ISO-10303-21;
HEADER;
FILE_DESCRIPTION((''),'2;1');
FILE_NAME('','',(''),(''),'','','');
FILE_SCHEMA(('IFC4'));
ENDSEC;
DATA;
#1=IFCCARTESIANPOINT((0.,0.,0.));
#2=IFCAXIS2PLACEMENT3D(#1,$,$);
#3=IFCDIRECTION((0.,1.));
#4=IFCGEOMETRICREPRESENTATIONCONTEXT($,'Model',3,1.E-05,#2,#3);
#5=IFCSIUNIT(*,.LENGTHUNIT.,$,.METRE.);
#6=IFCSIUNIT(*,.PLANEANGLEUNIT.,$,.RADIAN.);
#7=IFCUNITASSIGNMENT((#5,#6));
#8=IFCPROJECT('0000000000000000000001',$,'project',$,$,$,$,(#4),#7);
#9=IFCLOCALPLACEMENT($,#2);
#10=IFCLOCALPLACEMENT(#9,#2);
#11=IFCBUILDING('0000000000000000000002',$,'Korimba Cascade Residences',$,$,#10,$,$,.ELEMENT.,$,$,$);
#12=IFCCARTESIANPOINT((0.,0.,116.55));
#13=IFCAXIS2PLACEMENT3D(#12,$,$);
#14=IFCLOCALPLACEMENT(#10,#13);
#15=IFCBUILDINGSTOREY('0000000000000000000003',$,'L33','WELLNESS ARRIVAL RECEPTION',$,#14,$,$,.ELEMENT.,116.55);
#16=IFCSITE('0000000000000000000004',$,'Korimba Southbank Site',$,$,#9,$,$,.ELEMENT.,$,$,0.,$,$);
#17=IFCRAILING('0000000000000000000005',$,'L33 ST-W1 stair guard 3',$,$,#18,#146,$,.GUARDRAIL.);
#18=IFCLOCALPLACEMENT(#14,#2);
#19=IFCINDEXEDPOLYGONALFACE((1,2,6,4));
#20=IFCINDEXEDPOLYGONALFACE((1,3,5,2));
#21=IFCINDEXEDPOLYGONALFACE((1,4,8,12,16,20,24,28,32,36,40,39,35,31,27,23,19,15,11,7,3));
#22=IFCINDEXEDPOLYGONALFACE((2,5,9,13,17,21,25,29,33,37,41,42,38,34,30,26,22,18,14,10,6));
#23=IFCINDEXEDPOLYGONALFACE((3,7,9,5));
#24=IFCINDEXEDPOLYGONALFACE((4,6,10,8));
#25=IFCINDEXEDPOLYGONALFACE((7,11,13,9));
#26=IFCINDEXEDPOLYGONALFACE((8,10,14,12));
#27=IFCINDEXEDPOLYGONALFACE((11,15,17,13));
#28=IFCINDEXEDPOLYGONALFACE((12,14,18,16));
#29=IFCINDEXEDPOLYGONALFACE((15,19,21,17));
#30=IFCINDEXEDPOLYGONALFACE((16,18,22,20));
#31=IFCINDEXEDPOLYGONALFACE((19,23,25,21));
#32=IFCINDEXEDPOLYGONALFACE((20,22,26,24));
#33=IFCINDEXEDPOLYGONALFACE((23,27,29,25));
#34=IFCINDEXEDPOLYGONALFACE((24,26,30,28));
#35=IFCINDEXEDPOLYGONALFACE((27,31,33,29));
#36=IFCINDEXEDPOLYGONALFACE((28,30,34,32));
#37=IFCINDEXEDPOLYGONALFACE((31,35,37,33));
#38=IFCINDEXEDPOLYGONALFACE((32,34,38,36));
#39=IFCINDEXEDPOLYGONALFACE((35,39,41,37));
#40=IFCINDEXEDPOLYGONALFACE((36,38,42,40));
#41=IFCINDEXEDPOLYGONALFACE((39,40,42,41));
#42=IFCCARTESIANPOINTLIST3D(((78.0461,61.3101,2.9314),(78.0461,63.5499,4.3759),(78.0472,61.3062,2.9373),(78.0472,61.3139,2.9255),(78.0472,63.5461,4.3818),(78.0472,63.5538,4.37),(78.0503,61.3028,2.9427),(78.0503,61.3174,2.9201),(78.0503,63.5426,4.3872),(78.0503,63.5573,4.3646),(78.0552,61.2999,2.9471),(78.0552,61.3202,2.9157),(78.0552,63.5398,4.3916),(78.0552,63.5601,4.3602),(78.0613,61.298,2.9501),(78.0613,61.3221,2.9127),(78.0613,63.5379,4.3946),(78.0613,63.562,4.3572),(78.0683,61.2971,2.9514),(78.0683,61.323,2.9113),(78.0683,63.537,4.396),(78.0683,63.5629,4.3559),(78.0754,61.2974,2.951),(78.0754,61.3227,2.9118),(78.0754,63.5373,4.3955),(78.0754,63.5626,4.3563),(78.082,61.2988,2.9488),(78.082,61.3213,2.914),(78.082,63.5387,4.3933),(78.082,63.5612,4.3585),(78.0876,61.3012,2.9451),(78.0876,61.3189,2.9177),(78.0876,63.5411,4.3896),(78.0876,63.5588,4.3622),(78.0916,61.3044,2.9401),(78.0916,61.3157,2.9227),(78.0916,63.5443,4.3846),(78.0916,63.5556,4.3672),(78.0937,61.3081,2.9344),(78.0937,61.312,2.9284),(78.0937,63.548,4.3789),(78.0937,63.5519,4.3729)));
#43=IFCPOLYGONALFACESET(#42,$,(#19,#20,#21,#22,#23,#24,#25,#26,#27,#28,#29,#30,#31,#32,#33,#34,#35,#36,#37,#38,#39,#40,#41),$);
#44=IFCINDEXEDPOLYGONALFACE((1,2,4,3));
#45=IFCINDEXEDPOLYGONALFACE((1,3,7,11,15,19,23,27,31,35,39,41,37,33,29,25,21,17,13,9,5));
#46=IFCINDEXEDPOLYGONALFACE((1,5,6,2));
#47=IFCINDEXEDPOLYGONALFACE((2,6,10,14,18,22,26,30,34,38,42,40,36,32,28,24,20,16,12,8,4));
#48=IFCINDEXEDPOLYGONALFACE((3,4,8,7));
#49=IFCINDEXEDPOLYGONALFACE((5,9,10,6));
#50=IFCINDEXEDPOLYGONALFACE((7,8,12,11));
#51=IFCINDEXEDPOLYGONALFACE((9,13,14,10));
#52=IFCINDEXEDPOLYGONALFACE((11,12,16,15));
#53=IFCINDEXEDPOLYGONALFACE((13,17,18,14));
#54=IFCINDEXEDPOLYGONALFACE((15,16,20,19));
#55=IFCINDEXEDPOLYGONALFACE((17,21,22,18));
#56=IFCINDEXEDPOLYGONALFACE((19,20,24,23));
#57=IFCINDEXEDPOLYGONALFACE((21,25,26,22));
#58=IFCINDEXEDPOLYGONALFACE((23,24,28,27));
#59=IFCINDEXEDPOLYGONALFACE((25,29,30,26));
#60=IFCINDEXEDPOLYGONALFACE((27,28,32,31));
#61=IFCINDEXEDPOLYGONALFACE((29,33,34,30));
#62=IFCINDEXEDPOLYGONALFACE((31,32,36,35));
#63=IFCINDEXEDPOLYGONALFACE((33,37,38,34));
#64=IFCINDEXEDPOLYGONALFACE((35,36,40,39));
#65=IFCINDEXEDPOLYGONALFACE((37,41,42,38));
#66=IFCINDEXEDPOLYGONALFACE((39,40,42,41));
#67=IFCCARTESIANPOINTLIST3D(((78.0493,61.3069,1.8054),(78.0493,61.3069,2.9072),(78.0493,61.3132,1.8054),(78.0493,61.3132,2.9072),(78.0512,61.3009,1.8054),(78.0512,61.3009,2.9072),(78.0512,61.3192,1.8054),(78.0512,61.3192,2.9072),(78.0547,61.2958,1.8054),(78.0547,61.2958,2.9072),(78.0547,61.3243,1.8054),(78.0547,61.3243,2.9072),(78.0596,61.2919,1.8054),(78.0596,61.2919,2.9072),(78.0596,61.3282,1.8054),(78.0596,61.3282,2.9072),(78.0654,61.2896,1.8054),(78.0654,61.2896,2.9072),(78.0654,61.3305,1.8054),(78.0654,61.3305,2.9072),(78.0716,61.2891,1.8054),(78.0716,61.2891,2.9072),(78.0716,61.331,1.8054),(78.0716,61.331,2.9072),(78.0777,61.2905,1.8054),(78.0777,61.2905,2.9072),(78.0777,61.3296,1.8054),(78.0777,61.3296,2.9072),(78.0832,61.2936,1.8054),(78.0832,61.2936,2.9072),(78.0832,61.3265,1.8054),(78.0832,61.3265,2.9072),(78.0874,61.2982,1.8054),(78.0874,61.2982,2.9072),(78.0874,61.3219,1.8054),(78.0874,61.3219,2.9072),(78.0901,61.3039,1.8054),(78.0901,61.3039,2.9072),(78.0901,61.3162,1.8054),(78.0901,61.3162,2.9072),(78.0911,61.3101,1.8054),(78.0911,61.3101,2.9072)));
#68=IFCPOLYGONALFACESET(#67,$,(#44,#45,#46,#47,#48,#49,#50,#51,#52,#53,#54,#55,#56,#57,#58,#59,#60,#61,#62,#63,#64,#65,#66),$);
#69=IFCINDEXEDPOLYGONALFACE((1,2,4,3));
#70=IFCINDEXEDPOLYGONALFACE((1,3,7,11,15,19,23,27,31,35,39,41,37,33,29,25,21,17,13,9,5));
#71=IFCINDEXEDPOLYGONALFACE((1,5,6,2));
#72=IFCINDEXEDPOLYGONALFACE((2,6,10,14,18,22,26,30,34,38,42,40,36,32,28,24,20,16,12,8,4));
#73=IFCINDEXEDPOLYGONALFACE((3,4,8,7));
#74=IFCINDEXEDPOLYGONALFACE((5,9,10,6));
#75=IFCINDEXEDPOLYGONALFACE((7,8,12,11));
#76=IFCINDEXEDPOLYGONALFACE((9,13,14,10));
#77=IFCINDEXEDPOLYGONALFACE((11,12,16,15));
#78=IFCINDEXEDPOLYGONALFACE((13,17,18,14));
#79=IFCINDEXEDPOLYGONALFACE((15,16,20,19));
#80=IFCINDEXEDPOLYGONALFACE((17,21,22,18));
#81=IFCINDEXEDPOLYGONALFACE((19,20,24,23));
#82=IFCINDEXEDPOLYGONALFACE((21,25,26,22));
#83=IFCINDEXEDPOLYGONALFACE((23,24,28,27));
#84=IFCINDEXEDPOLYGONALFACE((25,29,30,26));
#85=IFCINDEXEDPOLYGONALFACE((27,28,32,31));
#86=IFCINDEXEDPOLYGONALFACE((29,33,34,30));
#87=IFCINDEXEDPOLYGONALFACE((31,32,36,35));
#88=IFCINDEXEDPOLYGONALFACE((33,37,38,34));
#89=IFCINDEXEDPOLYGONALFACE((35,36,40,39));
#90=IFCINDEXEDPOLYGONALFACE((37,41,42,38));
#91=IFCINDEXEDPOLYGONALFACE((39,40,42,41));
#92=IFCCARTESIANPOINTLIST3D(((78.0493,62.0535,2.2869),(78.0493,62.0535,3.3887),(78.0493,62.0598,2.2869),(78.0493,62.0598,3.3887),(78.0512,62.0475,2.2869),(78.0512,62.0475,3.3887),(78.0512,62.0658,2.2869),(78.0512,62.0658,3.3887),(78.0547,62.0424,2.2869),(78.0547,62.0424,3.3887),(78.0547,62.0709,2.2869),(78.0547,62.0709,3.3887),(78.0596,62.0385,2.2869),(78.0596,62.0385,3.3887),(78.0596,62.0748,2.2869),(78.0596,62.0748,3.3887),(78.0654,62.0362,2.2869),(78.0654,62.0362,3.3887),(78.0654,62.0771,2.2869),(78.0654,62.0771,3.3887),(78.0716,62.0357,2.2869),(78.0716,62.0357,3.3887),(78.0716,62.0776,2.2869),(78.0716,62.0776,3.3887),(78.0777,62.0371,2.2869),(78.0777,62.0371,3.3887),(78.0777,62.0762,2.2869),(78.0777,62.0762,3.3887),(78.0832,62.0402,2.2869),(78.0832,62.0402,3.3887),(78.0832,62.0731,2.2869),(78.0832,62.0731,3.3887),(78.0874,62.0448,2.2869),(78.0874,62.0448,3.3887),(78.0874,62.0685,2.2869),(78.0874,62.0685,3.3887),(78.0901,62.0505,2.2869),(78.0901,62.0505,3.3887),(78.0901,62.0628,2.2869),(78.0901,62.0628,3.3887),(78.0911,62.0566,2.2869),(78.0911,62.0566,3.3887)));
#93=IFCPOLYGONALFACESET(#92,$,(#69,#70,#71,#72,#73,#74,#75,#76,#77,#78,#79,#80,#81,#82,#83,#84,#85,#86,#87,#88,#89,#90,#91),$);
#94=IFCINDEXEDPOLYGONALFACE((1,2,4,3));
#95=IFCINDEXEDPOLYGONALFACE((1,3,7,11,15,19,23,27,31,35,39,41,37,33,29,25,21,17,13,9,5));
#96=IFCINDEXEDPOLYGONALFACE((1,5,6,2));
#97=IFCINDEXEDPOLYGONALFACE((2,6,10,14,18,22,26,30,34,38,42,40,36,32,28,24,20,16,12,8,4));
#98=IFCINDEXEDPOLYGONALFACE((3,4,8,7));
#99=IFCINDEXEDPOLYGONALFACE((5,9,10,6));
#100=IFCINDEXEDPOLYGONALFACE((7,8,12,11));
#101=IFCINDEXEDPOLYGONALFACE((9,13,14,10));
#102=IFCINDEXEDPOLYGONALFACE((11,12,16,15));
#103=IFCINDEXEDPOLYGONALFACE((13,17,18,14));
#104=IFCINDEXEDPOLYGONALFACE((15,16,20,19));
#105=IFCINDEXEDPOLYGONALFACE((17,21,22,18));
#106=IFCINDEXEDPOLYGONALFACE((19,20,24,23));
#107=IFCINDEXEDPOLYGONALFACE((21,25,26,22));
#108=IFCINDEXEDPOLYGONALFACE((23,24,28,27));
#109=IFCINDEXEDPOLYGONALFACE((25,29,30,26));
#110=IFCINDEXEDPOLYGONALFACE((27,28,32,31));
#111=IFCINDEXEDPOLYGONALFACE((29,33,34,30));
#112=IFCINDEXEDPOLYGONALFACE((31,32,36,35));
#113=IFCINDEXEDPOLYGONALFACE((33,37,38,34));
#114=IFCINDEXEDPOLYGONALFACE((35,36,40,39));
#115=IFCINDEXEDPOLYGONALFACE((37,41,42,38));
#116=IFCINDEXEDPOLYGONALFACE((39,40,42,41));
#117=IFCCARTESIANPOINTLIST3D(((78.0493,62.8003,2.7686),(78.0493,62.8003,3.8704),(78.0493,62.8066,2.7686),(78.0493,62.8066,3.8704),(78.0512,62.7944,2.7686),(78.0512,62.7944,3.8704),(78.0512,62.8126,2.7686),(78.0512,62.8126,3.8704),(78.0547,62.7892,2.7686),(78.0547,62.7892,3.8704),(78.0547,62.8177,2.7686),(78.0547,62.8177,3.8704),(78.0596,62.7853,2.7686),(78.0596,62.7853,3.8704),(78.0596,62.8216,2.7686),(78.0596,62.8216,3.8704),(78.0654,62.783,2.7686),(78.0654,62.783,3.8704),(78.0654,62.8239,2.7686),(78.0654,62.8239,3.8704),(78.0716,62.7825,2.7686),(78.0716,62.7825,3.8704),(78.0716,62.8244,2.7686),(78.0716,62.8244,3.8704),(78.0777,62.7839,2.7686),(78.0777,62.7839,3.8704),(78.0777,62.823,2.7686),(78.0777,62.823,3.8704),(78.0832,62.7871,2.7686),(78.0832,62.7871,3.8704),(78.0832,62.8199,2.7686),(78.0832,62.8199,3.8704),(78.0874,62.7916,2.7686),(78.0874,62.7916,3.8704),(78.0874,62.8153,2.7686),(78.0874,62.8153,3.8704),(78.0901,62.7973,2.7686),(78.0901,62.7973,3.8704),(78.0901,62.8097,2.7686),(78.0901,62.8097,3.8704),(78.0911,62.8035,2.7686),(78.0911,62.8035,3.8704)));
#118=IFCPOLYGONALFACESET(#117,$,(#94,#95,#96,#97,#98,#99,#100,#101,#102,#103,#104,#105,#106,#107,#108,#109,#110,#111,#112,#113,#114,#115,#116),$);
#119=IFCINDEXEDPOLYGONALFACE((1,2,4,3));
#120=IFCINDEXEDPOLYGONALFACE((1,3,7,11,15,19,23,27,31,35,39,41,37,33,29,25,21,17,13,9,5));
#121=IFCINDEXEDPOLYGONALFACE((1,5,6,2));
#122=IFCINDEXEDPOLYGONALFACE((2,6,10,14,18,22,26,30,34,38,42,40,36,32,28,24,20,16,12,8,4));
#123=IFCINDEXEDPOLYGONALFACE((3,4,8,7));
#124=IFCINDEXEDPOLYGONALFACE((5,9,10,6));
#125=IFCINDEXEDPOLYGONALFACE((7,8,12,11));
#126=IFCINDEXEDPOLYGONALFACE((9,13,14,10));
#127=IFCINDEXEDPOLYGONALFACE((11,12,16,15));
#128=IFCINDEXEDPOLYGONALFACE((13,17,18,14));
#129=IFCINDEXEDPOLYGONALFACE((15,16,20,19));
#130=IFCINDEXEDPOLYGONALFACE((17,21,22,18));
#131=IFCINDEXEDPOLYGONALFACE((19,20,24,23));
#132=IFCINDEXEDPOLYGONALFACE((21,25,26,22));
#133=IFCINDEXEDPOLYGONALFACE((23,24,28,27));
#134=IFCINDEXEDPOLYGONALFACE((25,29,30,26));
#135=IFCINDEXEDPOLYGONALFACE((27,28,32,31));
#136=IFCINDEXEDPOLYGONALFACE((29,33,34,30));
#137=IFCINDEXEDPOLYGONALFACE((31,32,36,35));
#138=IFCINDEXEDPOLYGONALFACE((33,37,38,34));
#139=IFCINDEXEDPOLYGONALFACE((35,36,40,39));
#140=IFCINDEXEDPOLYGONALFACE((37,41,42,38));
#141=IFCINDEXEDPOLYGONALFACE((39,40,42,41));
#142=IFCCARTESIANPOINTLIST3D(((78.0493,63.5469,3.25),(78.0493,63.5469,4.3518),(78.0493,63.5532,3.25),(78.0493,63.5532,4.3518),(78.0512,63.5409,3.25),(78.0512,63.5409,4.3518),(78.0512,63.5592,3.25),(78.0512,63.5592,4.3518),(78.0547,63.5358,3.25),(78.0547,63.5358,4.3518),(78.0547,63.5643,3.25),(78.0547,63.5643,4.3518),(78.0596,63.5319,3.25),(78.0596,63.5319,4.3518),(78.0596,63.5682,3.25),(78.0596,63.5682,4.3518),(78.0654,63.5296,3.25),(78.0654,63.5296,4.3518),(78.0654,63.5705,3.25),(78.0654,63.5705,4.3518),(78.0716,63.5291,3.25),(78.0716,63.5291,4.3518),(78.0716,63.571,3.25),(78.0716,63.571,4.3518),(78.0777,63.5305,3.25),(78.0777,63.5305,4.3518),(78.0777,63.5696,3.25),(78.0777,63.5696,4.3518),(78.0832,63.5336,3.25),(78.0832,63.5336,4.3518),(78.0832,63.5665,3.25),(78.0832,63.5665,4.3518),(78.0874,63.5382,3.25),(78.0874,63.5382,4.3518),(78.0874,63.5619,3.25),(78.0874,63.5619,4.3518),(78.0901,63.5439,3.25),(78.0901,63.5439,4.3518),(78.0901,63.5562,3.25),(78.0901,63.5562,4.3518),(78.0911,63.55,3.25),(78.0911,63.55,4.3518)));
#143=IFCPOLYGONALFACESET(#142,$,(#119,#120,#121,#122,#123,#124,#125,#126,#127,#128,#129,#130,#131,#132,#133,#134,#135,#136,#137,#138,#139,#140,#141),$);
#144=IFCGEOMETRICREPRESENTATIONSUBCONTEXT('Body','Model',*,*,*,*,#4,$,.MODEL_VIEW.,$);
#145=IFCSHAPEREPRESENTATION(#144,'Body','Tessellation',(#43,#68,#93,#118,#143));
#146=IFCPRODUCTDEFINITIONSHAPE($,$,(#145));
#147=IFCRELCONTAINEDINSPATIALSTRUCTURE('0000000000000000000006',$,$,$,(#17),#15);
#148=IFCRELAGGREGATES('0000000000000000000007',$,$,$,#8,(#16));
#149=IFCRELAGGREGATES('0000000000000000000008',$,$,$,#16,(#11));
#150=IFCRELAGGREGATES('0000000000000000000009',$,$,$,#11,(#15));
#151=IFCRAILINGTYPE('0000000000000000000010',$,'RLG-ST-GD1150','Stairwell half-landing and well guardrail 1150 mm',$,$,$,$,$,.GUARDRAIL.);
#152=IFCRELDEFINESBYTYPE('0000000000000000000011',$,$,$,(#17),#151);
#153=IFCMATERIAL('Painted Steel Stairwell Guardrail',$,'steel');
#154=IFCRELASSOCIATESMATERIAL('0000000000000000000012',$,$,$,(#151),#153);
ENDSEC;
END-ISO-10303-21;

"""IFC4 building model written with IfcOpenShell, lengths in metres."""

from ifc_helpers import new_model, si_unit, direction, frame, origin, origin_2d, place, context, subcontext, project, spatial, circle, extrude, material, type_object, element, save


model = new_model("IFC4")

# Units and contexts
model_context = context("Model", 3, precision=1e-05, world=origin(), true_north=direction((0.0, 1.0)))
body_context = subcontext(model_context, "Body", "Model", "MODEL_VIEW")
ifc_project = project(units=[si_unit("LENGTHUNIT", "METRE"), si_unit("PLANEANGLEUNIT", "RADIAN")], contexts=[model_context])

# Site, building, storey
site_placement = place(None, origin())
site = spatial("IfcSite", under=ifc_project, at=site_placement, Name="Korimba Southbank Site", CompositionType="ELEMENT", RefElevation=0.0)
building_placement = place(site_placement, origin())
building = spatial("IfcBuilding", under=site, at=building_placement, Name="Korimba Cascade Residences", CompositionType="ELEMENT")
storey_placement = place(building_placement, frame((0.0, 0.0, 116.55)))
storey = spatial("IfcBuildingStorey", under=building, at=storey_placement, Name="L33", Description="WELLNESS ARRIVAL RECEPTION", CompositionType="ELEMENT", Elevation=116.55)

# Railing
ifc_material_1 = material(Name="Painted Steel Stairwell Guardrail", Category="steel")
railing_type_1 = type_object("IfcRailingType", Name="RLG-ST-GD1150", Description="Stairwell half-landing and well guardrail 1150 mm", PredefinedType="GUARDRAIL", material=ifc_material_1)
railing_1_placement = place(storey_placement, frame((78.0701, 61.3101, 1.8054)))
element("IfcRailing", 1, at=railing_1_placement, inside=storey, type_object=railing_type_1, Name="L33 ST-W1 stair guard 3", PredefinedType="GUARDRAIL", context=body_context, shape_type="SweptSolid", body=[
    extrude(circle(Radius=0.0239, at=origin_2d()), frame((0.0, 0.0, 1.126), z_axis=(0.0, 0.840395, 0.541975), x_axis=(-1.0, 0.0, 0.0)), (0.0, 0.0, 1.0), 2.6653),
    extrude(circle(Radius=0.021, at=origin_2d()), origin(), (0.0, 0.0, 1.0), 1.1018),
    extrude(circle(Radius=0.021, at=origin_2d()), frame((0.0, 0.7466, 0.4814)), (0.0, 0.0, 1.0), 1.1018),
    extrude(circle(Radius=0.021, at=origin_2d()), frame((0.0, 1.4934, 0.9631)), (0.0, 0.0, 1.0), 1.1018),
    extrude(circle(Radius=0.021, at=origin_2d()), frame((0.0, 2.24, 1.4446)), (0.0, 0.0, 1.0), 1.1018),
])

save(model, "model.ifc")
